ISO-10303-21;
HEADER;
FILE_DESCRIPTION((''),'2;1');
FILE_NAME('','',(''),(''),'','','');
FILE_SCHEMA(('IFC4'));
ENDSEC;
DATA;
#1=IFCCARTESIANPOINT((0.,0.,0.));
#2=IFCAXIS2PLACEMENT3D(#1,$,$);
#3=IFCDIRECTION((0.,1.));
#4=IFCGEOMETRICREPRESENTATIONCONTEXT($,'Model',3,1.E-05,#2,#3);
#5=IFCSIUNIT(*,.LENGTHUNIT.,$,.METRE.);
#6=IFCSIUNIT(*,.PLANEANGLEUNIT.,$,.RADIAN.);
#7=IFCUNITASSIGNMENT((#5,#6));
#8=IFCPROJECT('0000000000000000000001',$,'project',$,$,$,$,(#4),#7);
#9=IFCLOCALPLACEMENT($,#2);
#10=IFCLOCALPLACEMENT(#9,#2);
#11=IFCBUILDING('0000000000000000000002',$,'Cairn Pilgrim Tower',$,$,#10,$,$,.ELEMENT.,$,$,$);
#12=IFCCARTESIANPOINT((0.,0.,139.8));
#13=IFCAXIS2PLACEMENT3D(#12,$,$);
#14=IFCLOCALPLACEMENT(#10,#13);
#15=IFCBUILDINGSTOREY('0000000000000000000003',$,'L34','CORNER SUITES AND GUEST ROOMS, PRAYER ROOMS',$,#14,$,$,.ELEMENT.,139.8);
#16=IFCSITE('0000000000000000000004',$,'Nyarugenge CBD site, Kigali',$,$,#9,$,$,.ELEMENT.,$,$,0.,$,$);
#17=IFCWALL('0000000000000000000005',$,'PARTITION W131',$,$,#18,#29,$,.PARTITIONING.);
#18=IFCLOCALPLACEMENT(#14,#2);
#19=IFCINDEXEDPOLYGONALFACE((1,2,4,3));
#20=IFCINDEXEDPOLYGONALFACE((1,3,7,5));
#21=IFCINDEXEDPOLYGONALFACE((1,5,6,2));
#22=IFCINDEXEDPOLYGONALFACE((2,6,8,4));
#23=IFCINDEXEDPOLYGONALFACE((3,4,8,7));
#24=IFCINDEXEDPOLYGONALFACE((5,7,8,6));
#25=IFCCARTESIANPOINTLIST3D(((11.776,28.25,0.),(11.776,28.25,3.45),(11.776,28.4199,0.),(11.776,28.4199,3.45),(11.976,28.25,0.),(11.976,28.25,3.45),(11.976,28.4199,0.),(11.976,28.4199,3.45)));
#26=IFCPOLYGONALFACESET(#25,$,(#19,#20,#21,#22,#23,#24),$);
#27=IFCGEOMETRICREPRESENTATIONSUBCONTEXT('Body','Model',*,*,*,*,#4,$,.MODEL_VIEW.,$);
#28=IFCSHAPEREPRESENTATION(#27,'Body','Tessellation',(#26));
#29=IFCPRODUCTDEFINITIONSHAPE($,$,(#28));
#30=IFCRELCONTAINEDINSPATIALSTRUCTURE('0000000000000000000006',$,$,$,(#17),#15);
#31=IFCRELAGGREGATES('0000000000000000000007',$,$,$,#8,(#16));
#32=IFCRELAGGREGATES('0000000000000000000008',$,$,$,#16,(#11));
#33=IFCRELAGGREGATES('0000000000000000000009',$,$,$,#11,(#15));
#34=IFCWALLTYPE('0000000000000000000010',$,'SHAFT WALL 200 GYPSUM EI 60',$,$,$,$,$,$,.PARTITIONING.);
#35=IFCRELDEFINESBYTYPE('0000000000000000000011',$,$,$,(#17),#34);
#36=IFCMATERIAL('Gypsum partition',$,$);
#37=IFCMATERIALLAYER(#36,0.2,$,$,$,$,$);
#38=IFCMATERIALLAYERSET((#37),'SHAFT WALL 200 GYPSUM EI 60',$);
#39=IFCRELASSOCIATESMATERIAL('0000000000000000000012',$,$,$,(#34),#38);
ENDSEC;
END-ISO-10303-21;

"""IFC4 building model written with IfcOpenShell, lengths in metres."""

from ifc_helpers import new_model, si_unit, direction, frame, frame_2d, origin, place, context, subcontext, project, spatial, rectangle, extrude, material, layer, layer_set, type_object, element, save


model = new_model("IFC4")

# Units and contexts
model_context = context("Model", 3, precision=1e-05, world=origin(), true_north=direction((0.0, 1.0)))
body_context = subcontext(model_context, "Body", "Model", "MODEL_VIEW")
ifc_project = project(units=[si_unit("LENGTHUNIT", "METRE"), si_unit("PLANEANGLEUNIT", "RADIAN")], contexts=[model_context])

# Site, building, storey
site_placement = place(None, origin())
site = spatial("IfcSite", under=ifc_project, at=site_placement, Name="Nyarugenge CBD site, Kigali", CompositionType="ELEMENT", RefElevation=0.0)
building_placement = place(site_placement, origin())
building = spatial("IfcBuilding", under=site, at=building_placement, Name="Cairn Pilgrim Tower", CompositionType="ELEMENT")
storey_placement = place(building_placement, frame((0.0, 0.0, 139.8)))
storey = spatial("IfcBuildingStorey", under=building, at=storey_placement, Name="L34", Description="CORNER SUITES AND GUEST ROOMS, PRAYER ROOMS", CompositionType="ELEMENT", Elevation=139.8)

# Shared definitions
ifc_material_1 = material(Name="Gypsum partition")

# Wall
ifc_layer_1 = layer(ifc_material_1, 0.2)
ifc_layer_set_1 = layer_set([ifc_layer_1], Name="SHAFT WALL 200 GYPSUM EI 60")
wall_type_1 = type_object("IfcWallType", Name="SHAFT WALL 200 GYPSUM EI 60", PredefinedType="PARTITIONING", material=ifc_layer_set_1)
wall_1_placement = place(storey_placement, frame((11.876, 28.25, 0.0), z_axis=(0.0, 0.0, 1.0), x_axis=(0.0, 1.0, 0.0)))
element("IfcWall", 1, at=wall_1_placement, inside=storey, type_object=wall_type_1, Name="PARTITION W131", PredefinedType="PARTITIONING", context=body_context, shape_type="SweptSolid", body=[
    extrude(rectangle(XDim=0.1699, YDim=0.2, at=frame_2d((0.085, 0.0))), origin(), (0.0, 0.0, 1.0), 3.45),
])

save(model, "model.ifc")
